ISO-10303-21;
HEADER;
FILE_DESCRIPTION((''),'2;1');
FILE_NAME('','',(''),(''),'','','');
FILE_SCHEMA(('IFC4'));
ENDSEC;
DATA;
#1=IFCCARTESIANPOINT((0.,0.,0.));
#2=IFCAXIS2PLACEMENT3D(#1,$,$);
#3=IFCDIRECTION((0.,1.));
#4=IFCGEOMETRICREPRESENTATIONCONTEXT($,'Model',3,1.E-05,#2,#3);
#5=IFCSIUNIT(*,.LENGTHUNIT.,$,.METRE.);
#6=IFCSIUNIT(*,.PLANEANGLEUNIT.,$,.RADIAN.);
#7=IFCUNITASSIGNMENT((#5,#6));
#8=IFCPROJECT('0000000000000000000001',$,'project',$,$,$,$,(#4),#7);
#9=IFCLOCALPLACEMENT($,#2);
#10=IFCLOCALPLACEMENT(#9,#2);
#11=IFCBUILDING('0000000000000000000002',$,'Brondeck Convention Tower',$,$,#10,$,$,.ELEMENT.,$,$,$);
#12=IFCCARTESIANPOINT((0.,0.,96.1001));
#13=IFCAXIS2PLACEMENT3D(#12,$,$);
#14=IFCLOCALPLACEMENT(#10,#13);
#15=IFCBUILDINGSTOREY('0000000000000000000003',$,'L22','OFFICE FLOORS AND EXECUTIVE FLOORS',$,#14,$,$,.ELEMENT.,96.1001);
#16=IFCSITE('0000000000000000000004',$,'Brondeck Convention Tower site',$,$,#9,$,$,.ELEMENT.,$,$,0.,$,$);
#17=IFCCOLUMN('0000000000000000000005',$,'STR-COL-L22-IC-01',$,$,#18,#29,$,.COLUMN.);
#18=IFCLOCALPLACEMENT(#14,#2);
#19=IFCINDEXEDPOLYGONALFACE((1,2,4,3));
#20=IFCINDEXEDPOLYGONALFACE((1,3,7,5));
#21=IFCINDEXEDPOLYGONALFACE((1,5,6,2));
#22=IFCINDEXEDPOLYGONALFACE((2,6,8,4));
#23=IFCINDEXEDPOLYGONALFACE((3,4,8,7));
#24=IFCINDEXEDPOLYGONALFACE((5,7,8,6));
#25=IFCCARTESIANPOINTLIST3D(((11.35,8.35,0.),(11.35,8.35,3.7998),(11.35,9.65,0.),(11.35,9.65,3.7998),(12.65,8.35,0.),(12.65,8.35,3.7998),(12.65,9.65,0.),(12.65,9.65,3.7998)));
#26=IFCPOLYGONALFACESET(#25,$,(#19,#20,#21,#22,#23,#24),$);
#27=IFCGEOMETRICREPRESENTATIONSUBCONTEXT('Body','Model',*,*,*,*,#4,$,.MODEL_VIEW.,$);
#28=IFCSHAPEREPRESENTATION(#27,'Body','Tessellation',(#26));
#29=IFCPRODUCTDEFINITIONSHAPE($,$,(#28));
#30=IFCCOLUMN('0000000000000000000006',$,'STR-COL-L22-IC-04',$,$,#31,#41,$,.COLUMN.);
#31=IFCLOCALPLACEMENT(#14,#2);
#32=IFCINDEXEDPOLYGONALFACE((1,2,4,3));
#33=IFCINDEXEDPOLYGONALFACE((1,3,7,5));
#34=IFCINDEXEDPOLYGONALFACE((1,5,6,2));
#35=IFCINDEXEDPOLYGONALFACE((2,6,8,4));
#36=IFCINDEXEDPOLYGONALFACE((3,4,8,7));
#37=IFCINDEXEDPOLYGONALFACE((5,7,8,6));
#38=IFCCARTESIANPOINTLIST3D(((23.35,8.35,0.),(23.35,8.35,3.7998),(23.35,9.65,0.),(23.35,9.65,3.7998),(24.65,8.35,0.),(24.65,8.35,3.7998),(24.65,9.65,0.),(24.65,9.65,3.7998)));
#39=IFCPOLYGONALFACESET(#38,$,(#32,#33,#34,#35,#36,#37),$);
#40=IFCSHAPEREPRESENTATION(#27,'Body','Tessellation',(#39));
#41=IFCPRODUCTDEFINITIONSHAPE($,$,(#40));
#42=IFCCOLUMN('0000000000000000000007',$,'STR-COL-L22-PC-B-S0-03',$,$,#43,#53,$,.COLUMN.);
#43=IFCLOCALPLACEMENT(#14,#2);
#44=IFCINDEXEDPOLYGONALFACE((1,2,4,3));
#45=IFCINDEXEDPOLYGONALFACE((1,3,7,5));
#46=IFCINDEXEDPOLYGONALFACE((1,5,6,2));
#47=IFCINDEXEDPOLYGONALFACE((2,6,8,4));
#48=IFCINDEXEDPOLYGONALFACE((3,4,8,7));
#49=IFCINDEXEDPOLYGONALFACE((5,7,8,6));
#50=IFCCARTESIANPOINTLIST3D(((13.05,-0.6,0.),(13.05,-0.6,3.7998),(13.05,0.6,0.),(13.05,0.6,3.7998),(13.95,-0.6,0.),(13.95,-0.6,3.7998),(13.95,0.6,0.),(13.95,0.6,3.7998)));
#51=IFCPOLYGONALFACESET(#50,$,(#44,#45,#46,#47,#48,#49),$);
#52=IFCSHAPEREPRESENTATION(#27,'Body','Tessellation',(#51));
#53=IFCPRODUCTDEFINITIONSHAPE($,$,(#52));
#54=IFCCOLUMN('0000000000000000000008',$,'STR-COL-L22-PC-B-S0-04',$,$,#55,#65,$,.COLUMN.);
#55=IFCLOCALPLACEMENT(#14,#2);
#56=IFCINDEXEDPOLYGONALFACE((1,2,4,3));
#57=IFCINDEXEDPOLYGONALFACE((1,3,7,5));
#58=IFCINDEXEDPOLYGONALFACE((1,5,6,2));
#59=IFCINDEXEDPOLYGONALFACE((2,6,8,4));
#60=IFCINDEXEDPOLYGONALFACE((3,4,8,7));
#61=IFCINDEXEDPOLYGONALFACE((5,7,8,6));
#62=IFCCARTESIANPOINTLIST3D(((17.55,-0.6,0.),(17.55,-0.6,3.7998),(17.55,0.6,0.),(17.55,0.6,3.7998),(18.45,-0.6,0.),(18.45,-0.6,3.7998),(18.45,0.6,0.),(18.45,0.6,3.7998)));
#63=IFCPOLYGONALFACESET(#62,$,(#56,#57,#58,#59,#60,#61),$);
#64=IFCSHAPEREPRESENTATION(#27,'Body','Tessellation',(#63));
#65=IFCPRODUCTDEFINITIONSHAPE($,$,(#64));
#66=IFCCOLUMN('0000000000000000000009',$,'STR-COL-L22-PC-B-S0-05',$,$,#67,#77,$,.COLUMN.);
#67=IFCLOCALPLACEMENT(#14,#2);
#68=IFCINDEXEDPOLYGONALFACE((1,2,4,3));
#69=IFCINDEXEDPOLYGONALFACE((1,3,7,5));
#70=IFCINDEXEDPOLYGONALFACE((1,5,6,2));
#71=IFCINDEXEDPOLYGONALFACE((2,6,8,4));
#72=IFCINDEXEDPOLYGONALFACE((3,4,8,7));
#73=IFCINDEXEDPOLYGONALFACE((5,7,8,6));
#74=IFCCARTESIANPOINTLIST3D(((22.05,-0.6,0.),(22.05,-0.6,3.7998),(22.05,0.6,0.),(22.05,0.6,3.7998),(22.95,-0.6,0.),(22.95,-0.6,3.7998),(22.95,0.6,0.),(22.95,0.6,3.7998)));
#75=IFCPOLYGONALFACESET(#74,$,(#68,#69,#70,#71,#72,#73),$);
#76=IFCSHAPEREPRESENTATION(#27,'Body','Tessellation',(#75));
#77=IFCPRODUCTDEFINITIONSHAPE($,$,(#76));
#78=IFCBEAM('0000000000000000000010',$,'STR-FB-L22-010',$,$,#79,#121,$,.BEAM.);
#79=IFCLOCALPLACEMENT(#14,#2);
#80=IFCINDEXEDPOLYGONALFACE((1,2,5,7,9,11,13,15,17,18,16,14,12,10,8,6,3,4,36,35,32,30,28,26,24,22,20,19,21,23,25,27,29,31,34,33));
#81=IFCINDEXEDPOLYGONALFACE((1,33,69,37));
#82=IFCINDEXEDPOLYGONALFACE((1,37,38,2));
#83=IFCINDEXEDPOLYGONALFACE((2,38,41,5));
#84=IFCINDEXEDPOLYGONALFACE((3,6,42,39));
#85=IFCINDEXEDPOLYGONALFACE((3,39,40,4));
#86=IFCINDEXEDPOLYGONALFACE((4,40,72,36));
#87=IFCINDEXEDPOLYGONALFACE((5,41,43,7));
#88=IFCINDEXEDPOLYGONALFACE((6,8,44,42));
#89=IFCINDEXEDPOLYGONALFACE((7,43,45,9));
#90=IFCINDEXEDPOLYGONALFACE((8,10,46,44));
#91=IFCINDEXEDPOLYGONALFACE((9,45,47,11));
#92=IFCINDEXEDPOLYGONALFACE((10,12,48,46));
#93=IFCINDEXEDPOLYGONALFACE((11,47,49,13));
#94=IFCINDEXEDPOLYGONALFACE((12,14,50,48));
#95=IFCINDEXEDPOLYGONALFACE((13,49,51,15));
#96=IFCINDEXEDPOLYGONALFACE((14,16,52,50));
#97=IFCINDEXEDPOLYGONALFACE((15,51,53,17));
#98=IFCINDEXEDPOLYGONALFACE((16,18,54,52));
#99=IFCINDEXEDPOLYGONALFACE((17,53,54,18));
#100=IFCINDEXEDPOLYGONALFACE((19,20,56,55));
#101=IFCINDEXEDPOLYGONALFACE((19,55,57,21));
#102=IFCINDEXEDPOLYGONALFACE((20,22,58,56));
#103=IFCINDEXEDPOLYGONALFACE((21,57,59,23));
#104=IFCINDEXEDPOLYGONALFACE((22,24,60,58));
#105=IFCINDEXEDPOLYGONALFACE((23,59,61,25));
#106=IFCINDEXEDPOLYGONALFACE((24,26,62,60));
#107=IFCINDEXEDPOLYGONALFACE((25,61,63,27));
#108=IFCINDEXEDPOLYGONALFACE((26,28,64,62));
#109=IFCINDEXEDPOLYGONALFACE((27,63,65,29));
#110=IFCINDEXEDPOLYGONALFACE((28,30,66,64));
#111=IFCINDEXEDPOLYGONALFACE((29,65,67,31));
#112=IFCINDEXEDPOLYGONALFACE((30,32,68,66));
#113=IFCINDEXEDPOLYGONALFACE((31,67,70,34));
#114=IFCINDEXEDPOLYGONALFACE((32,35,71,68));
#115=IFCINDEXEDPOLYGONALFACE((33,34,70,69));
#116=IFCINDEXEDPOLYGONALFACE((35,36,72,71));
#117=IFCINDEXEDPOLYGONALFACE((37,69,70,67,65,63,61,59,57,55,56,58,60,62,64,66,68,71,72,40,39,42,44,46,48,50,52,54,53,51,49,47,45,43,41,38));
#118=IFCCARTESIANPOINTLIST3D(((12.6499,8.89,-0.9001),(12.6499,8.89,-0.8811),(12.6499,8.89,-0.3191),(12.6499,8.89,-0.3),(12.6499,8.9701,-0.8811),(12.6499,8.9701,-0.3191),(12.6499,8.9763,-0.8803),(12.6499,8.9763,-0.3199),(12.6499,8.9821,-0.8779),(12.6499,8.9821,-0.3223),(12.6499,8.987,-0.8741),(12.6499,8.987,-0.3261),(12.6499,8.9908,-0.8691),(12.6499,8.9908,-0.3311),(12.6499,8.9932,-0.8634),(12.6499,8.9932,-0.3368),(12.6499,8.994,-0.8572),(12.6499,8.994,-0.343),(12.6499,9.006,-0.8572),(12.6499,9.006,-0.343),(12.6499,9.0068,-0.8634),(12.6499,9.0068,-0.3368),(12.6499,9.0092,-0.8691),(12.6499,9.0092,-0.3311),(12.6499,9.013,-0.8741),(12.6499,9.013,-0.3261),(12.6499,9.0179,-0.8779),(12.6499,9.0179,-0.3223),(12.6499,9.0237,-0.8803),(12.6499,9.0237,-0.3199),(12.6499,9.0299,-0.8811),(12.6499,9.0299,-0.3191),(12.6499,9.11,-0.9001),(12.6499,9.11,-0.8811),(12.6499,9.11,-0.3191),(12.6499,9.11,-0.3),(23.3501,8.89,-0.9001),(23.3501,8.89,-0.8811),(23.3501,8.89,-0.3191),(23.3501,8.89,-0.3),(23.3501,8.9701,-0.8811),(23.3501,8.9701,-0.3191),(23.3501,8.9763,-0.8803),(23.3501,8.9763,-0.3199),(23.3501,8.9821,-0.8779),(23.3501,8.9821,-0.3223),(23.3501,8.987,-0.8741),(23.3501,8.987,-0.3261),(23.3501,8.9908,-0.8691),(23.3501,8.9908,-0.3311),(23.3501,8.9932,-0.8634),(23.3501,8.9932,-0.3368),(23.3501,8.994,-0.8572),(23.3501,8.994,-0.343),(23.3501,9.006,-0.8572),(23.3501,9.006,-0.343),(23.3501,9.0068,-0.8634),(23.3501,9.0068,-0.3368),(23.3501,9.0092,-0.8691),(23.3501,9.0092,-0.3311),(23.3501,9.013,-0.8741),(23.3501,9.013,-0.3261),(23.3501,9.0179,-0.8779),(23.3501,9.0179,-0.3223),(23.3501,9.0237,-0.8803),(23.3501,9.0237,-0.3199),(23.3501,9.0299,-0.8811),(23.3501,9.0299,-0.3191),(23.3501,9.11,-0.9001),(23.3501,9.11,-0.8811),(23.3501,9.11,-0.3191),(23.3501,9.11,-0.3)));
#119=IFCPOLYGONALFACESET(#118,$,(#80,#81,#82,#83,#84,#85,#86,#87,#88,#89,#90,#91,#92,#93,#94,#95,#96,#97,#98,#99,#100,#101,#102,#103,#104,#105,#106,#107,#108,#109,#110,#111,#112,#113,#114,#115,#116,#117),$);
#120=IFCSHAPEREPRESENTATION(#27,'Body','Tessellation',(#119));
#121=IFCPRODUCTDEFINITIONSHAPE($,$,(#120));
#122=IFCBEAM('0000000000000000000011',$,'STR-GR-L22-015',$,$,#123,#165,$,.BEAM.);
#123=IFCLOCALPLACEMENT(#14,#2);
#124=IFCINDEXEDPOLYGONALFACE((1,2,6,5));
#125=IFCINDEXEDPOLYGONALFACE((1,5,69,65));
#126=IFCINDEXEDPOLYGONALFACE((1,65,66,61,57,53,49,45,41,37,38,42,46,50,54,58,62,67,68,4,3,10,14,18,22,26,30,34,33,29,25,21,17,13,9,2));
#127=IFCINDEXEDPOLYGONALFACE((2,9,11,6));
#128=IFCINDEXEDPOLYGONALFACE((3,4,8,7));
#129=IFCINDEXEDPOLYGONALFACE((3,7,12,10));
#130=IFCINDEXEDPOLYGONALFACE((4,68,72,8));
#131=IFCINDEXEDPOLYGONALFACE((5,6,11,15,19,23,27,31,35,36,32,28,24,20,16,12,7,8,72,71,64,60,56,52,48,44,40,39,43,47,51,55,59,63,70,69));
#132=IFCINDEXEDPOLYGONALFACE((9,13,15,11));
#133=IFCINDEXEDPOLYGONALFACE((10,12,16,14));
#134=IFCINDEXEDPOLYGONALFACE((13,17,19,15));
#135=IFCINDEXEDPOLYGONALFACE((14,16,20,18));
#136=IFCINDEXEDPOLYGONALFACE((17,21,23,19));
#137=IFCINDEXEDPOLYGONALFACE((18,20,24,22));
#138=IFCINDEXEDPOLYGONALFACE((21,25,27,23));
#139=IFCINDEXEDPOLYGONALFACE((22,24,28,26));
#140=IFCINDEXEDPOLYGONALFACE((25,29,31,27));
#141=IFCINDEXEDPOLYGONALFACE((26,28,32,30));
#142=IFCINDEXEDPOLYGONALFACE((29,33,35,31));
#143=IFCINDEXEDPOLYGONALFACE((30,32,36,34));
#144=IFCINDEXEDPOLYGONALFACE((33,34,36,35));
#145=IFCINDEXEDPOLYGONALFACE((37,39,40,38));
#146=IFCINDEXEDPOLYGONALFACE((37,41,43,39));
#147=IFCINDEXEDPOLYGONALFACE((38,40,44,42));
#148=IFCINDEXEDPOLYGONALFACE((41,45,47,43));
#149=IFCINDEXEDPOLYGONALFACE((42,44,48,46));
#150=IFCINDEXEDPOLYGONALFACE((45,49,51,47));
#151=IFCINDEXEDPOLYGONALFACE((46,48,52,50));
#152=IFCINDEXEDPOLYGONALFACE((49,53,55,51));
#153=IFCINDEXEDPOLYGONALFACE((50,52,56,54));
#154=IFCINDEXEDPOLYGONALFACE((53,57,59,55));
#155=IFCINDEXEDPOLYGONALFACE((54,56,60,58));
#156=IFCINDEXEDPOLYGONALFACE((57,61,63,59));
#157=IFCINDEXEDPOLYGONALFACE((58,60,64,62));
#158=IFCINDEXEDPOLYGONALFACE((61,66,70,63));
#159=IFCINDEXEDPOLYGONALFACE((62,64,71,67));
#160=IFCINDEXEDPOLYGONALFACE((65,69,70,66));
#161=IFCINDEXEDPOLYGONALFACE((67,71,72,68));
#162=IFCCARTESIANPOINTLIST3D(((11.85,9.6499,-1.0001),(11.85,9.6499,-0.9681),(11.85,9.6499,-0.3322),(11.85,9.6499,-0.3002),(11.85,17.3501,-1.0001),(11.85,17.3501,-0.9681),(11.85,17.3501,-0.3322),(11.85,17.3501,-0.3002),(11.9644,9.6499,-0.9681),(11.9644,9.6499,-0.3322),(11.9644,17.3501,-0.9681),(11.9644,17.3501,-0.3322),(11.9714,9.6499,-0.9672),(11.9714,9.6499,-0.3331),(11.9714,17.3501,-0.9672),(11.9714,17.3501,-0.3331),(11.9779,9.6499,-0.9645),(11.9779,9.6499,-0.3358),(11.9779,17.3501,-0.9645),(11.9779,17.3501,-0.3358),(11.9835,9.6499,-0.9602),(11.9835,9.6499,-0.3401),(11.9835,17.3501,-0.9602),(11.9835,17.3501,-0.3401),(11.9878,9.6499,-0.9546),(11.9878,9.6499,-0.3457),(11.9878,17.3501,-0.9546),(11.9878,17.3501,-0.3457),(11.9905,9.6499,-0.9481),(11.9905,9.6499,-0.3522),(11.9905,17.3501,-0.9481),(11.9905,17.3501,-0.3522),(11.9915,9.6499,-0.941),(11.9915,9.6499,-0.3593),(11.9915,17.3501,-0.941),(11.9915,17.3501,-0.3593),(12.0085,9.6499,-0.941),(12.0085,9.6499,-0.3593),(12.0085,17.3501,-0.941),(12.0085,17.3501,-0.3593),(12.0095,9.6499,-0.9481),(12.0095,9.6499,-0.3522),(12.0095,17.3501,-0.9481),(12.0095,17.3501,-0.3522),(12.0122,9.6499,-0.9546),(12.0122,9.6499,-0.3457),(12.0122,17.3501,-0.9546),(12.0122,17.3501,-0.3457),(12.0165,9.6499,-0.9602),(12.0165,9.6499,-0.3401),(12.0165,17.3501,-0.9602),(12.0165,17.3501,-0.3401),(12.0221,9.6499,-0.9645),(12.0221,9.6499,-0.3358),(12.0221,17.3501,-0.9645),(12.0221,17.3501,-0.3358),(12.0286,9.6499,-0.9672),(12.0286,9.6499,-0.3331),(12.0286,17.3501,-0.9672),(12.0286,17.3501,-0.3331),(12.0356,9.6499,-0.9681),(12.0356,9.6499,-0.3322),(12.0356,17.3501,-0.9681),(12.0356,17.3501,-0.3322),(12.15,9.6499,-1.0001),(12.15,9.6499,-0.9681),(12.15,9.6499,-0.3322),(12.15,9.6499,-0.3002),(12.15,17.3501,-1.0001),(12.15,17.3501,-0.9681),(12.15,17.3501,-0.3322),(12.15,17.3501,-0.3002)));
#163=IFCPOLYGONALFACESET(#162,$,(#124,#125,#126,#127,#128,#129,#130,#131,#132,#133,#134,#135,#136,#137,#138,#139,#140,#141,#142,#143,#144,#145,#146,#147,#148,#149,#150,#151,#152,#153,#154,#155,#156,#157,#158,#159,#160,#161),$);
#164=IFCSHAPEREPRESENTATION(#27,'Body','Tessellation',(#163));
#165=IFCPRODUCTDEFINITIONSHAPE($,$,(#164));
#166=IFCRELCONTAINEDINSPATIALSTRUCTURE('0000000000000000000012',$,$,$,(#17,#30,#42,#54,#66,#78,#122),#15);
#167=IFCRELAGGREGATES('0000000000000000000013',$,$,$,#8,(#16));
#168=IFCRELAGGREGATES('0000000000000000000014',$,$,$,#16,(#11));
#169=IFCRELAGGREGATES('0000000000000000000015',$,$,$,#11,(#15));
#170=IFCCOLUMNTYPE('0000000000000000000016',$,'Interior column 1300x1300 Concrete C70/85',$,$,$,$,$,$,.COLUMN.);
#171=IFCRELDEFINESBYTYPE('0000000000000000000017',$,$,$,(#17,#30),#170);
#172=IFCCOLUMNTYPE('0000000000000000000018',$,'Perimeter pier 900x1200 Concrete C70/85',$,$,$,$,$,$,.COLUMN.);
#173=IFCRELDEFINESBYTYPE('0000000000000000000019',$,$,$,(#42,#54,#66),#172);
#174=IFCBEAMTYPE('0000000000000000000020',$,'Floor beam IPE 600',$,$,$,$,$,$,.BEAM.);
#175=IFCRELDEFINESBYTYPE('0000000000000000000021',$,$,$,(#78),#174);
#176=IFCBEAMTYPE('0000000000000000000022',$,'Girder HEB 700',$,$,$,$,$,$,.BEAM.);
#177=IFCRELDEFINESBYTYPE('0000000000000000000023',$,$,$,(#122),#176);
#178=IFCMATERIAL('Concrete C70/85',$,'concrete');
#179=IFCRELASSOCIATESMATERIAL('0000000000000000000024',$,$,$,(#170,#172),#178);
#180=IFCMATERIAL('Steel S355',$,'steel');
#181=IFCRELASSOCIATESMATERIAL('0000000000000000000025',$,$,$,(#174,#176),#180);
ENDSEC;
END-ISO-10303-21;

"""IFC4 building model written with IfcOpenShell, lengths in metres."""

from ifc_helpers import new_model, si_unit, direction, frame, origin, origin_2d, place, context, subcontext, project, spatial, rectangle, i_section, extrude, material, material_profile, profile_set, type_object, element, save


model = new_model("IFC4")

# Units and contexts
model_context = context("Model", 3, precision=1e-05, world=origin(), true_north=direction((0.0, 1.0)))
body_context = subcontext(model_context, "Body", "Model", "MODEL_VIEW")
ifc_project = project(units=[si_unit("LENGTHUNIT", "METRE"), si_unit("PLANEANGLEUNIT", "RADIAN")], contexts=[model_context])

# Site, building, storey
site_placement = place(None, origin())
site = spatial("IfcSite", under=ifc_project, at=site_placement, Name="Brondeck Convention Tower site", CompositionType="ELEMENT", RefElevation=0.0)
building_placement = place(site_placement, origin())
building = spatial("IfcBuilding", under=site, at=building_placement, Name="Brondeck Convention Tower", CompositionType="ELEMENT")
storey_placement = place(building_placement, frame((0.0, 0.0, 96.1001)))
storey = spatial("IfcBuildingStorey", under=building, at=storey_placement, Name="L22", Description="OFFICE FLOORS AND EXECUTIVE FLOORS", CompositionType="ELEMENT", Elevation=96.1001)

# Columns
ifc_material_1 = material(Name="Concrete C70/85", Category="concrete")
ifc_material_profile_1 = material_profile(ifc_material_1, rectangle(XDim=1.3, YDim=1.3, at=origin_2d()), Name="Interior column 1300x1300 Concrete C70/85")
ifc_profile_set_1 = profile_set([ifc_material_profile_1], Name="Concrete C70/85")
column_type_1 = type_object("IfcColumnType", Name="Interior column 1300x1300 Concrete C70/85", PredefinedType="COLUMN", material=ifc_profile_set_1)
for number, where, z_axis, x_axis, name in (
    (1, (12.0, 9.0, 0.0), (0.0, 0.0, 1.0), (1.0, 0.0, 0.0), "STR-COL-L22-IC-01"),
    (2, (24.0, 9.0, 0.0), (0.0, 0.0, 1.0), (1.0, 0.0, 0.0), "STR-COL-L22-IC-04"),
):
    element("IfcColumn", number, at=place(storey_placement, frame(where, z_axis=z_axis, x_axis=x_axis)), inside=storey, type_object=column_type_1, Name=name, PredefinedType="COLUMN", context=body_context, shape_type="SweptSolid", body=[
        extrude(rectangle(XDim=1.3, YDim=1.3, at=origin_2d()), origin(), (0.0, 0.0, 1.0), 3.7998),
    ])
ifc_material_profile_2 = material_profile(ifc_material_1, rectangle(XDim=0.8999, YDim=1.2, at=origin_2d()), Name="Perimeter pier 900x1200 Concrete C70/85")
ifc_profile_set_2 = profile_set([ifc_material_profile_2], Name="Concrete C70/85")
column_type_2 = type_object("IfcColumnType", Name="Perimeter pier 900x1200 Concrete C70/85", PredefinedType="COLUMN", material=ifc_profile_set_2)
for number, where, z_axis, x_axis, name in (
    (3, (13.5, 0.0, 0.0), (0.0, 0.0, 1.0), (1.0, 0.0, 0.0), "STR-COL-L22-PC-B-S0-03"),
    (4, (18.0, 0.0, 0.0), (0.0, 0.0, 1.0), (1.0, 0.0, 0.0), "STR-COL-L22-PC-B-S0-04"),
    (5, (22.5, 0.0, 0.0), (0.0, 0.0, 1.0), (1.0, 0.0, 0.0), "STR-COL-L22-PC-B-S0-05"),
):
    element("IfcColumn", number, at=place(storey_placement, frame(where, z_axis=z_axis, x_axis=x_axis)), inside=storey, type_object=column_type_2, Name=name, PredefinedType="COLUMN", context=body_context, shape_type="SweptSolid", body=[
        extrude(rectangle(XDim=0.8999, YDim=1.2, at=origin_2d()), origin(), (0.0, 0.0, 1.0), 3.7998),
    ])

# Beams
ifc_material_2 = material(Name="Steel S355", Category="steel")
ifc_material_profile_3 = material_profile(ifc_material_2, i_section(OverallWidth=0.22, OverallDepth=0.6001, WebThickness=0.012, FlangeThickness=0.019, FilletRadius=0.0239, at=origin_2d()), Name="IPE 600")
ifc_profile_set_3 = profile_set([ifc_material_profile_3], Name="Steel S355")
beam_type_1 = type_object("IfcBeamType", Name="Floor beam IPE 600", PredefinedType="BEAM", material=ifc_profile_set_3)
beam_1_placement = place(storey_placement, frame((12.6499, 9.0, -0.6001), z_axis=(1.0, 0.0, 0.0), x_axis=(0.0, 1.0, 0.0)))
element("IfcBeam", 6, at=beam_1_placement, inside=storey, type_object=beam_type_1, Name="STR-FB-L22-010", PredefinedType="BEAM", context=body_context, shape_type="SweptSolid", body=[
    extrude(i_section(OverallWidth=0.22, OverallDepth=0.6001, WebThickness=0.012, FlangeThickness=0.019, FilletRadius=0.0239, at=origin_2d()), origin(), (0.0, 0.0, 1.0), 10.7002),
])
ifc_material_profile_4 = material_profile(ifc_material_2, i_section(OverallWidth=0.3, OverallDepth=0.7, WebThickness=0.0171, FlangeThickness=0.032, FilletRadius=0.0271, at=origin_2d()), Name="HEB 700")
ifc_profile_set_4 = profile_set([ifc_material_profile_4], Name="Steel S355")
beam_type_2 = type_object("IfcBeamType", Name="Girder HEB 700", PredefinedType="BEAM", material=ifc_profile_set_4)
beam_2_placement = place(storey_placement, frame((12.0, 17.3501, -0.6501), z_axis=(0.0, -1.0, 0.0), x_axis=(1.0, 0.0, 0.0)))
element("IfcBeam", 7, at=beam_2_placement, inside=storey, type_object=beam_type_2, Name="STR-GR-L22-015", PredefinedType="BEAM", context=body_context, shape_type="SweptSolid", body=[
    extrude(i_section(OverallWidth=0.3, OverallDepth=0.7, WebThickness=0.0171, FlangeThickness=0.032, FilletRadius=0.0271, at=origin_2d()), origin(), (0.0, 0.0, 1.0), 7.7002),
])

save(model, "model.ifc")
